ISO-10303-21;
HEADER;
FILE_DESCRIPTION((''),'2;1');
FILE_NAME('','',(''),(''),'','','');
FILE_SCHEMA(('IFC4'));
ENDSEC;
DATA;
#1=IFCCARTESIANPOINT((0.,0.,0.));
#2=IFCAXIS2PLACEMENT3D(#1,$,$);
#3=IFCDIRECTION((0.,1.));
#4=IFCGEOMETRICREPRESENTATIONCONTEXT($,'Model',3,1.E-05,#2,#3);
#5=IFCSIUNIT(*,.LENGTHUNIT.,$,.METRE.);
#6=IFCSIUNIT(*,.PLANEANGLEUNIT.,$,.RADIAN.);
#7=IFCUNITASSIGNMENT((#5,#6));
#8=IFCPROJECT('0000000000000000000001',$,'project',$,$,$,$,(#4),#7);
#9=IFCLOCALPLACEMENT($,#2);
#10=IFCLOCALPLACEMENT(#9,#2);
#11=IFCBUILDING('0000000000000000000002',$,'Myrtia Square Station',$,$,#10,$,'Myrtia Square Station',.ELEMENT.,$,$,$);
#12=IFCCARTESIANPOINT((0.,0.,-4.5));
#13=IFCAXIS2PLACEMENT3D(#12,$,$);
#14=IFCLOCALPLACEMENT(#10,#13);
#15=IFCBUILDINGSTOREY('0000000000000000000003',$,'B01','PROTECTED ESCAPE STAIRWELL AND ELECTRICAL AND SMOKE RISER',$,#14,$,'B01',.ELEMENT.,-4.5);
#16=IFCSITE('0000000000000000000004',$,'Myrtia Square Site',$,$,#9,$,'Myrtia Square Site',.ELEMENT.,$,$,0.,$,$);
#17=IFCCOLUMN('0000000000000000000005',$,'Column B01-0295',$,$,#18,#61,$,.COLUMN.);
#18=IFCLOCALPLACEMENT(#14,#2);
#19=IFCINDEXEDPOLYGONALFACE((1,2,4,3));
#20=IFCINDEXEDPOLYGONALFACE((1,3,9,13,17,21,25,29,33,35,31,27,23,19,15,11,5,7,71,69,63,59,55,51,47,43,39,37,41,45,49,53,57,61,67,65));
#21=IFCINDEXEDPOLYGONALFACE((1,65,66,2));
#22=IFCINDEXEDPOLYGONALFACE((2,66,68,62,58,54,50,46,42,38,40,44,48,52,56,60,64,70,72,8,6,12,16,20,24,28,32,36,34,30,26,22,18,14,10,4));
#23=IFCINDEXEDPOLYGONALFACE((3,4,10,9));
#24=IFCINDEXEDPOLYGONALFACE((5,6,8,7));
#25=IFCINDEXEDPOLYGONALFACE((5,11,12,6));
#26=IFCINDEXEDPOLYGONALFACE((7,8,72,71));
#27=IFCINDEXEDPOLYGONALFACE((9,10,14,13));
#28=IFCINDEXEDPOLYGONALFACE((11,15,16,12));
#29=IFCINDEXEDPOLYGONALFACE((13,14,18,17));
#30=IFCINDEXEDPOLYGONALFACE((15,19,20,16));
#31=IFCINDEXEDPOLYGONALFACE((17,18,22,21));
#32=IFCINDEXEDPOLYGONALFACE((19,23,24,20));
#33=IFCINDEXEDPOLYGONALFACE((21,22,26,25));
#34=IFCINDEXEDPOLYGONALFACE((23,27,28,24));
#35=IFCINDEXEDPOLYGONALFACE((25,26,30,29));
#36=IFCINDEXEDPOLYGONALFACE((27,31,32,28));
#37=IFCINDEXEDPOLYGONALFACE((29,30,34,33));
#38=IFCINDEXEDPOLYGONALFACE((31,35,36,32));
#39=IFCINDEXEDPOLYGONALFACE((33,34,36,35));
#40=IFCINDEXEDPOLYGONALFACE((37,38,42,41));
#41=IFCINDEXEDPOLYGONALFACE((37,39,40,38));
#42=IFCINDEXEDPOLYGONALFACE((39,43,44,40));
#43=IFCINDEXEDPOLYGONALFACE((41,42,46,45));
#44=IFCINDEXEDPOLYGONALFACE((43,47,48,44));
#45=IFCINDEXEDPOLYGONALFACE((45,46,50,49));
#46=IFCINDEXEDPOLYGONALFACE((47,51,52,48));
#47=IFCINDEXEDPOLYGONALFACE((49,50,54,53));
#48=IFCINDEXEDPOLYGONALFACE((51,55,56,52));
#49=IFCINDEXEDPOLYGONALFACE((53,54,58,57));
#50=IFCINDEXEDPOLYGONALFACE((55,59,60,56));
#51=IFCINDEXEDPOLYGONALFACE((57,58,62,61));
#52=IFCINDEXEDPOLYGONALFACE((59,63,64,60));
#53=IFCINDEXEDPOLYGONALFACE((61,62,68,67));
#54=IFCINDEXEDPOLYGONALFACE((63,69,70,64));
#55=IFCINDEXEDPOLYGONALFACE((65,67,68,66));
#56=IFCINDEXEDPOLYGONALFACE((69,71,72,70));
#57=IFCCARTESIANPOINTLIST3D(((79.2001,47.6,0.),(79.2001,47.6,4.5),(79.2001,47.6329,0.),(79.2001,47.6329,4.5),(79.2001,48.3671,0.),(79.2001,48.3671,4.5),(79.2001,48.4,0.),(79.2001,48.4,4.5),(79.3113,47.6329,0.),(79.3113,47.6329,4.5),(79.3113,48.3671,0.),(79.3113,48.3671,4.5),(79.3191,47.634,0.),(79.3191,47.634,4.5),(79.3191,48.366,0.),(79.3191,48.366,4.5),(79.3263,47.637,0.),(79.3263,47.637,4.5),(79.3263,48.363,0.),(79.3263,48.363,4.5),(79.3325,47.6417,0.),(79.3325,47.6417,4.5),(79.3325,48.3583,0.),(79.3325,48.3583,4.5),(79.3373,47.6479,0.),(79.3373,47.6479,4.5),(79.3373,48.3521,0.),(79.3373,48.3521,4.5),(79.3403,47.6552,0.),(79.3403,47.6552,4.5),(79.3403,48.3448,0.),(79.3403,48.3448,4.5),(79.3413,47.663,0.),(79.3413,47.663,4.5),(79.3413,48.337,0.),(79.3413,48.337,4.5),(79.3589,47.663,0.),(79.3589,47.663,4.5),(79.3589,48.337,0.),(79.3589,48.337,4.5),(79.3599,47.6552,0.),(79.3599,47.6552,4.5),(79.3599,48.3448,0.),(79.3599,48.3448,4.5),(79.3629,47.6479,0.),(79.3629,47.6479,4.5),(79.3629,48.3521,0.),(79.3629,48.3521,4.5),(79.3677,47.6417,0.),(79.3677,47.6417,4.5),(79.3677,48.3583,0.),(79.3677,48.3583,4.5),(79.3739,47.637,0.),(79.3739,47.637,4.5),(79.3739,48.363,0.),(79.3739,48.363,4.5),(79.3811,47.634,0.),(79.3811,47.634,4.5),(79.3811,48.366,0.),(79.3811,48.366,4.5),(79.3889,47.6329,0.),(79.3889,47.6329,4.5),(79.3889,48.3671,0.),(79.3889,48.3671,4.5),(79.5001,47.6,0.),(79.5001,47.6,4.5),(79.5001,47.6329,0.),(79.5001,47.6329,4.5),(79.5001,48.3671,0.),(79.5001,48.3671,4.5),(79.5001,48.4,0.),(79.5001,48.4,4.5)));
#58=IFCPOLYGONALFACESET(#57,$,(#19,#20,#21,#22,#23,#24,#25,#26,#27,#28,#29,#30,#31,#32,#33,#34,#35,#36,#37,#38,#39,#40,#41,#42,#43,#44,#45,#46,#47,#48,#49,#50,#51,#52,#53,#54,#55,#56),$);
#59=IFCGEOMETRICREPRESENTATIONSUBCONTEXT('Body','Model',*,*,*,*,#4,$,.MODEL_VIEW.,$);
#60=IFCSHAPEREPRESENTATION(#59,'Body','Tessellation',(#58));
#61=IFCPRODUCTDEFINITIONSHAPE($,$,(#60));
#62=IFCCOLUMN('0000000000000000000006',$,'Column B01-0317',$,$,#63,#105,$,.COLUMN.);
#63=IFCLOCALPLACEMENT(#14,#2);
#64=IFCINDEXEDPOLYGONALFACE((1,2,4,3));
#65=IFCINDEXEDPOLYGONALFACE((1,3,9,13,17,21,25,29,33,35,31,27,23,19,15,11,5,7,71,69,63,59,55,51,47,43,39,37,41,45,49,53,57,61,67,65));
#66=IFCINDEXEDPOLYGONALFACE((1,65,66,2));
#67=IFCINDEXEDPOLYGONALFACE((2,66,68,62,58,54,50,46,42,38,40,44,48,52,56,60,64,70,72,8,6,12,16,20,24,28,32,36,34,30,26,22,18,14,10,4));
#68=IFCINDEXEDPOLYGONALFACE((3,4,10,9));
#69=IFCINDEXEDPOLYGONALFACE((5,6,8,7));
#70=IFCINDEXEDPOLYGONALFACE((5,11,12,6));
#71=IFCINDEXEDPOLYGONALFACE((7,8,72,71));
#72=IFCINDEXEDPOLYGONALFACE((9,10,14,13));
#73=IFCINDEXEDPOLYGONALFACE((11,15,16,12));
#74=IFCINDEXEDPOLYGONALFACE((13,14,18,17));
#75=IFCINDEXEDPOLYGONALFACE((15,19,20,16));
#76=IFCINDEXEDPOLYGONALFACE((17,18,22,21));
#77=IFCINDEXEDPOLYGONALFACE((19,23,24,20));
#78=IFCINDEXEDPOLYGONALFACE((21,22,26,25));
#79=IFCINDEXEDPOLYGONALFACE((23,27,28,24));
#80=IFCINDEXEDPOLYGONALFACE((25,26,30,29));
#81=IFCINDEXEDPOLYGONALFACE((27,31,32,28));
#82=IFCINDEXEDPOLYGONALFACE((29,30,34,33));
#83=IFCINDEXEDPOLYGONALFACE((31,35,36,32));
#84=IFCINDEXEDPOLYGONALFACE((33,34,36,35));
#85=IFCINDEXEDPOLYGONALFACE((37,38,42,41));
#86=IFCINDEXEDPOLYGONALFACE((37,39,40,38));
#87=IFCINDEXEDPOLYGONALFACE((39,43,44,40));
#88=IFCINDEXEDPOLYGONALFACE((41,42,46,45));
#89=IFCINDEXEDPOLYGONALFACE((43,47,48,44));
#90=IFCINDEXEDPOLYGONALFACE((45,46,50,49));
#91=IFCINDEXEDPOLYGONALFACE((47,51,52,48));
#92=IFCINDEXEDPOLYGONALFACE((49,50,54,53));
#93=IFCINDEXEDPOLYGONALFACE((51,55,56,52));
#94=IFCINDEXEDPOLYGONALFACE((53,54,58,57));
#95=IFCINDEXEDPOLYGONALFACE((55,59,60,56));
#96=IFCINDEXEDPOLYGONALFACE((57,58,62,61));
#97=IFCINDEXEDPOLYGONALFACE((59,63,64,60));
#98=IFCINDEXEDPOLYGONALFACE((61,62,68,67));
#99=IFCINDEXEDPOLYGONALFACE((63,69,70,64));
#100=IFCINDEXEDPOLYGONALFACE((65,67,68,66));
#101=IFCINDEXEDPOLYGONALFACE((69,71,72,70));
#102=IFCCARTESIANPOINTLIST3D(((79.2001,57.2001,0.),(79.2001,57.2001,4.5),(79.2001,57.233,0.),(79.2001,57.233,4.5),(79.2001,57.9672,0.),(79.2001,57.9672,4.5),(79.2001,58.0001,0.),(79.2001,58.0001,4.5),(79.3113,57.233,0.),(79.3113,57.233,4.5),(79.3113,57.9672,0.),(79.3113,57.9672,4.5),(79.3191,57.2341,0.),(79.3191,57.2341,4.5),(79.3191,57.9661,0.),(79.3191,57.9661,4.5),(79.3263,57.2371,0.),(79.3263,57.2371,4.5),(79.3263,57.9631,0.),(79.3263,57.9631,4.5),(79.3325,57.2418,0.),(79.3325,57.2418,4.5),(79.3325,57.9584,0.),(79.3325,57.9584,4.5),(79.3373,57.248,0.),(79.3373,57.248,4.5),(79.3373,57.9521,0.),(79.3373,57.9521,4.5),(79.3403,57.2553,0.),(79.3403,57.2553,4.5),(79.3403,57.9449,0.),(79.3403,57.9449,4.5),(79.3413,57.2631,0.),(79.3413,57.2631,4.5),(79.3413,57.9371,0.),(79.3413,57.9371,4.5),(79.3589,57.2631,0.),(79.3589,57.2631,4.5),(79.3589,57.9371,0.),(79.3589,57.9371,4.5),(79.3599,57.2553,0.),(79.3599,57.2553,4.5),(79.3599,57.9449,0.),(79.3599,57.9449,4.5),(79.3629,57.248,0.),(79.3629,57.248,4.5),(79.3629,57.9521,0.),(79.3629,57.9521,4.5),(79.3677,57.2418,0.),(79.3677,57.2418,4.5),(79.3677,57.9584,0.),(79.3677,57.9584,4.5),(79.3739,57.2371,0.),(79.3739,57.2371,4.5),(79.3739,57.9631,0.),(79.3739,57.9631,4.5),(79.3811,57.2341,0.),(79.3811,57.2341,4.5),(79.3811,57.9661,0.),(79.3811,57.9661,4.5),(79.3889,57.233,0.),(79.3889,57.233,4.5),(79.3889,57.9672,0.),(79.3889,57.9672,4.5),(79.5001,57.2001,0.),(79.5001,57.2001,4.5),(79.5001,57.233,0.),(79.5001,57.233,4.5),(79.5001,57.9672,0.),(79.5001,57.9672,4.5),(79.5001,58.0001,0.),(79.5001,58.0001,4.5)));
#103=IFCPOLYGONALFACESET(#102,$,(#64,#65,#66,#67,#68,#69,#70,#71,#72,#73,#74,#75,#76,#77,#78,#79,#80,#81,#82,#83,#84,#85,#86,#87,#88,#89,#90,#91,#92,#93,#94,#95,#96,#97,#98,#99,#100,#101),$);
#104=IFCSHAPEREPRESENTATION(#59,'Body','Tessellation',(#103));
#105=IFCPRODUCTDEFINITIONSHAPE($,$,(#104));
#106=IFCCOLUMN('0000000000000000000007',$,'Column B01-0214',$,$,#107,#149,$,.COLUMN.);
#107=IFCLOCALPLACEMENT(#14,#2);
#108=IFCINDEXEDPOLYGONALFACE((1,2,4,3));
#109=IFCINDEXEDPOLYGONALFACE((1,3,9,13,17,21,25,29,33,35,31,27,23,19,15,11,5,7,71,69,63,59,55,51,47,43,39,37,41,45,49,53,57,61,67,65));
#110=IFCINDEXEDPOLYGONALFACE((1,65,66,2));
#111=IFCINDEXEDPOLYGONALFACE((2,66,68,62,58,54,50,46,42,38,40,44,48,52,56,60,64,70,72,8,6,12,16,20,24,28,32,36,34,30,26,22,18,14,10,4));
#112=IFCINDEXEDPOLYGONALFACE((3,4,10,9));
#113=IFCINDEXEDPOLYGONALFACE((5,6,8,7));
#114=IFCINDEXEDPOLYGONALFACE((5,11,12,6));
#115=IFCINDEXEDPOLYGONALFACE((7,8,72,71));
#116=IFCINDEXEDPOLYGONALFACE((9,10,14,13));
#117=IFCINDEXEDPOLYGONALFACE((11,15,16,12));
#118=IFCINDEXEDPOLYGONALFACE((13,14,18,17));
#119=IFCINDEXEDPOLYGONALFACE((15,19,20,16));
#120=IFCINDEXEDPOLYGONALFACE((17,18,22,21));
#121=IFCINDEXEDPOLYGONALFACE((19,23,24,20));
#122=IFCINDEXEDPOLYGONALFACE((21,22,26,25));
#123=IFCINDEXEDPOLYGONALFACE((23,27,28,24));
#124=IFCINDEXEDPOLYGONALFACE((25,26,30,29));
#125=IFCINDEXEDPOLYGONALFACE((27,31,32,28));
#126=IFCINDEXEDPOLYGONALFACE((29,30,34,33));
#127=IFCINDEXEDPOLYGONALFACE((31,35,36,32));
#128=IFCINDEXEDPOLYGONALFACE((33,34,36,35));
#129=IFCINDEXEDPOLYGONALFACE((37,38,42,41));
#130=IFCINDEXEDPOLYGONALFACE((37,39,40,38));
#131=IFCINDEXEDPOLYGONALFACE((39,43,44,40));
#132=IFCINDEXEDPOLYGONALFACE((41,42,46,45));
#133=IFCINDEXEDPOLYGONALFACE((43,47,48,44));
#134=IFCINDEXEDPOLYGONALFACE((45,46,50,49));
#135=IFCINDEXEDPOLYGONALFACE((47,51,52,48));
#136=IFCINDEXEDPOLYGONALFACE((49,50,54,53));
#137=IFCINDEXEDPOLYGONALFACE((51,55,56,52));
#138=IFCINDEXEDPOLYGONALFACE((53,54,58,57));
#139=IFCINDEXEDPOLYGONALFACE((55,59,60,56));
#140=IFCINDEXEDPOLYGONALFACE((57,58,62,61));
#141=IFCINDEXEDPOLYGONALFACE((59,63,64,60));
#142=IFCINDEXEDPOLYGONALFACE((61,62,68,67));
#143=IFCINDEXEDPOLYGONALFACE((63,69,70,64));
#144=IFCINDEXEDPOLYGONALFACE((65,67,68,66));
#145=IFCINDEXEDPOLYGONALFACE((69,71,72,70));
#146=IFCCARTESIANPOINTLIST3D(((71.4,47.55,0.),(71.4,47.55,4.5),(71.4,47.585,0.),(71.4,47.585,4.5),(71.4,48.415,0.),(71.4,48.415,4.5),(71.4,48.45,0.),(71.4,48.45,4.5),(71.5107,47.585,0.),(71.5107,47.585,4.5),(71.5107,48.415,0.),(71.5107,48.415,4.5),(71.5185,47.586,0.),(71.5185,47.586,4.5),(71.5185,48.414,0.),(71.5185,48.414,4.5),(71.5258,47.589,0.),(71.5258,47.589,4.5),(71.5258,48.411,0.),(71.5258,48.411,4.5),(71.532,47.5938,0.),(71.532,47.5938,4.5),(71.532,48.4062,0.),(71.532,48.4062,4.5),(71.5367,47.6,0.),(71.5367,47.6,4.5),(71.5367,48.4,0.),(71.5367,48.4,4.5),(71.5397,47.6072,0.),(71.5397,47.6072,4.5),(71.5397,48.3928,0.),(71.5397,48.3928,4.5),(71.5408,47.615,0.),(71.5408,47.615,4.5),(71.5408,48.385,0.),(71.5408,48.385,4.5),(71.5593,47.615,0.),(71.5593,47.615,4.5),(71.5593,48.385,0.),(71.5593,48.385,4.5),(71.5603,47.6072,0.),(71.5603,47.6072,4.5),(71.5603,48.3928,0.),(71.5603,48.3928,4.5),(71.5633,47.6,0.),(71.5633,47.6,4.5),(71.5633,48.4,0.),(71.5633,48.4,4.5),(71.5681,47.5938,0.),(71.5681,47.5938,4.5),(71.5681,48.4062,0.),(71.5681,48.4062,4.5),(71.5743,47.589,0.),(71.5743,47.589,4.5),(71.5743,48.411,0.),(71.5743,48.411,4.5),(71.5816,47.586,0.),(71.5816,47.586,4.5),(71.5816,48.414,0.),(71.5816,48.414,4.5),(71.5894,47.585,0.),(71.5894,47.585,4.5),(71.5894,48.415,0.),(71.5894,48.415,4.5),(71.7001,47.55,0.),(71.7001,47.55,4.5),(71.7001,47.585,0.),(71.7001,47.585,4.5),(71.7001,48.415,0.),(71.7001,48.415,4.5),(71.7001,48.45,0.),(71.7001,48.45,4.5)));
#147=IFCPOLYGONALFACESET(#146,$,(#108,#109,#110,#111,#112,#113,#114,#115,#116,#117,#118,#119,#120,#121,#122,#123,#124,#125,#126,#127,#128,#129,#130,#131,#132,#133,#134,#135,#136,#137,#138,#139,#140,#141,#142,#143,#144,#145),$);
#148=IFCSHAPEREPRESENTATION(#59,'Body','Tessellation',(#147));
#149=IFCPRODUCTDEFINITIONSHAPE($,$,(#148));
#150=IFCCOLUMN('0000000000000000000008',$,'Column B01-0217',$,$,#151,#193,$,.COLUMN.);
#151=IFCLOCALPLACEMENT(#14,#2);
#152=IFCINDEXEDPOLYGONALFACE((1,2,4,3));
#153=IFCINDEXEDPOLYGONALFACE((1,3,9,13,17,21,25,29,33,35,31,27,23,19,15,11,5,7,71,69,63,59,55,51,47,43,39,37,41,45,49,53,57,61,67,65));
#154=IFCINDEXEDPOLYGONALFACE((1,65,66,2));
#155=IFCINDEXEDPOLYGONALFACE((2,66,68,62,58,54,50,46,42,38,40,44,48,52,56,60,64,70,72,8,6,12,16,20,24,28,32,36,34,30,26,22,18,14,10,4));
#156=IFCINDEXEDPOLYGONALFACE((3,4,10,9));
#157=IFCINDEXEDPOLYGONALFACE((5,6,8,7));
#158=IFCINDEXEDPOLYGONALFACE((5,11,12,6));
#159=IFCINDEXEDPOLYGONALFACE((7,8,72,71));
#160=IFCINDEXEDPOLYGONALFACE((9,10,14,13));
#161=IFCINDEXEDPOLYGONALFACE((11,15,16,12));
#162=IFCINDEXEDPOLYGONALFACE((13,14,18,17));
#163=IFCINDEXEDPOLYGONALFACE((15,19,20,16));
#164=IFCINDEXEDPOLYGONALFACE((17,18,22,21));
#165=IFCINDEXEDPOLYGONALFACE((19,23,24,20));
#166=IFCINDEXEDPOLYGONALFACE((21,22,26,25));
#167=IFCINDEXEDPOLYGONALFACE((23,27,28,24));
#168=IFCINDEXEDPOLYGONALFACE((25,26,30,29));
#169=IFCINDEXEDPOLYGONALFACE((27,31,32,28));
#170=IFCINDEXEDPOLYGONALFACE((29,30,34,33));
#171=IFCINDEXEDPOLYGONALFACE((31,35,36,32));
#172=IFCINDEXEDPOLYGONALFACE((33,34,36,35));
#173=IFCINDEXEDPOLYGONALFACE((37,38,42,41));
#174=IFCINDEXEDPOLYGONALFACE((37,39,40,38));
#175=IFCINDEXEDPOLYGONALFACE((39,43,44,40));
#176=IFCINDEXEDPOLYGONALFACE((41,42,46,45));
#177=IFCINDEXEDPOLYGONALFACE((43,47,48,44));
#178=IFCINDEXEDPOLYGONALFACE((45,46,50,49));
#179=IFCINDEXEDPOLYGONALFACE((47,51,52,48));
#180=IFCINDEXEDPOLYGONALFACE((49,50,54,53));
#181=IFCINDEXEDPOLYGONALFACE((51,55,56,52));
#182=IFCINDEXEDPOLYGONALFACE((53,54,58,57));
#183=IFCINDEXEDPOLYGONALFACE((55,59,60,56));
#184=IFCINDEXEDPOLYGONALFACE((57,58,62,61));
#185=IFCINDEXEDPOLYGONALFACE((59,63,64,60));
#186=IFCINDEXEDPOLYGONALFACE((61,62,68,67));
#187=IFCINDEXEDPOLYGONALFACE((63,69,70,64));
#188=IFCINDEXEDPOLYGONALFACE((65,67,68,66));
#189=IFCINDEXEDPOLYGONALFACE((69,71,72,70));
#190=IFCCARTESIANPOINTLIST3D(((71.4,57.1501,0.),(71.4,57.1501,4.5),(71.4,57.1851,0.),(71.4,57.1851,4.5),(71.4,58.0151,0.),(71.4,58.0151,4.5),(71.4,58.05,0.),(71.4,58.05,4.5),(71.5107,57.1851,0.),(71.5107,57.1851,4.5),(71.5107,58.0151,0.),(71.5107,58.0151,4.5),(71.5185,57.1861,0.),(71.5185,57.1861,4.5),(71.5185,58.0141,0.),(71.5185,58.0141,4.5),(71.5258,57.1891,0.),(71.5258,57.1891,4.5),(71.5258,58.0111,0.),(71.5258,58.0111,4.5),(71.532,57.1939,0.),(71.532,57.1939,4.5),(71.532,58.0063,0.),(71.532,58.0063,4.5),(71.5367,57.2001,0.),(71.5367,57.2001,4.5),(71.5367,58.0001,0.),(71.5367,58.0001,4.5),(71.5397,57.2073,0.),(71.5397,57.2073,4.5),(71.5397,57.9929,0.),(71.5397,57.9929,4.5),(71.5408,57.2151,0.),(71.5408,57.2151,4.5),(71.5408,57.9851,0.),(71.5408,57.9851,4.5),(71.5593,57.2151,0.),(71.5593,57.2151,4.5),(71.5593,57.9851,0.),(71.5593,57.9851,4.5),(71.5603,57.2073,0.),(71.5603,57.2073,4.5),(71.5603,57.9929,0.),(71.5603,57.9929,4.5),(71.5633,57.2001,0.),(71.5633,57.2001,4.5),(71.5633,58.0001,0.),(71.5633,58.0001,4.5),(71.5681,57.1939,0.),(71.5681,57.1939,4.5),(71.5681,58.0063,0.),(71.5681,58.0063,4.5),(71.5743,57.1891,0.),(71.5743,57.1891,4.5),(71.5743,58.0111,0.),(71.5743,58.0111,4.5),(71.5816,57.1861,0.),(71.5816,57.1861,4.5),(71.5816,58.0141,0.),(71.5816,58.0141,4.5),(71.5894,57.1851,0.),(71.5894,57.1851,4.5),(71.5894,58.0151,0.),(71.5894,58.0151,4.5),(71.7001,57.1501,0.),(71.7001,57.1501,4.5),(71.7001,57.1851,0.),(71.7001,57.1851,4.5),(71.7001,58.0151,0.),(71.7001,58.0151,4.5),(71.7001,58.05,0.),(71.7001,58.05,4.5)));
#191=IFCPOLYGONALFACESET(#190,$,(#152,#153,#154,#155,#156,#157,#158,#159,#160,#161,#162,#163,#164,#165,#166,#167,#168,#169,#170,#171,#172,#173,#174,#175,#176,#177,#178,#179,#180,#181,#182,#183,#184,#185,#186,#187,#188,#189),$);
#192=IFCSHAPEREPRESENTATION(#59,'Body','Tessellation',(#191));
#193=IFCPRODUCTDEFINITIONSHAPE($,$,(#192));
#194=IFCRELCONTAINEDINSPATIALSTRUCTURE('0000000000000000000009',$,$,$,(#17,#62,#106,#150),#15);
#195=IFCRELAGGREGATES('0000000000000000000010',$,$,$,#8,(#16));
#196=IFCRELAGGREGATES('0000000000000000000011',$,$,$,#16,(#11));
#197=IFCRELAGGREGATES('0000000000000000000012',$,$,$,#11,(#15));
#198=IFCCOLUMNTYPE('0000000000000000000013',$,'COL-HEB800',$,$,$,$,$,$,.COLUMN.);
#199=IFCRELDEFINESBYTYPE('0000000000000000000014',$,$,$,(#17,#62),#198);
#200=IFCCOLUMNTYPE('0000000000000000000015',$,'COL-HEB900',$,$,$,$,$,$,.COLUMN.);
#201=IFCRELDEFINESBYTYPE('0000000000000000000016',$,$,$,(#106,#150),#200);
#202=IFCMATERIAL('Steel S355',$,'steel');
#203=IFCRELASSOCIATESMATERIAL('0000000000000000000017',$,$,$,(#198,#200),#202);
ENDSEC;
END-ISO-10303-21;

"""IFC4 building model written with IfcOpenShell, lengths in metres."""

from ifc_helpers import new_model, si_unit, direction, frame, origin, origin_2d, place, context, subcontext, project, spatial, i_section, extrude, material, material_profile, profile_set, type_object, element, save


model = new_model("IFC4")

# Units and contexts
model_context = context("Model", 3, precision=1e-05, world=origin(), true_north=direction((0.0, 1.0)))
body_context = subcontext(model_context, "Body", "Model", "MODEL_VIEW")
ifc_project = project(units=[si_unit("LENGTHUNIT", "METRE"), si_unit("PLANEANGLEUNIT", "RADIAN")], contexts=[model_context])

# Site, building, storey
site_placement = place(None, origin())
site = spatial("IfcSite", under=ifc_project, at=site_placement, Name="Myrtia Square Site", LongName="Myrtia Square Site", CompositionType="ELEMENT", RefElevation=0.0)
building_placement = place(site_placement, origin())
building = spatial("IfcBuilding", under=site, at=building_placement, Name="Myrtia Square Station", LongName="Myrtia Square Station", CompositionType="ELEMENT")
storey_placement = place(building_placement, frame((0.0, 0.0, -4.5)))
storey = spatial("IfcBuildingStorey", under=building, at=storey_placement, Name="B01", Description="PROTECTED ESCAPE STAIRWELL AND ELECTRICAL AND SMOKE RISER", LongName="B01", CompositionType="ELEMENT", Elevation=-4.5)

# Columns
ifc_material_1 = material(Name="Steel S355", Category="steel")
ifc_material_profile_1 = material_profile(ifc_material_1, i_section(OverallWidth=0.3, OverallDepth=0.8, WebThickness=0.0176, FlangeThickness=0.033, FilletRadius=0.03, at=origin_2d()), Name="HEB 800")
ifc_profile_set_1 = profile_set([ifc_material_profile_1], Name="Steel S355")
column_type_1 = type_object("IfcColumnType", Name="COL-HEB800", PredefinedType="COLUMN", material=ifc_profile_set_1)
for number, where, z_axis, x_axis, name in (
    (1, (79.3501, 48.0, 0.0), (0.0, 0.0, 1.0), (1.0, 0.0, 0.0), "Column B01-0295"),
    (2, (79.3501, 57.6001, 0.0), (0.0, 0.0, 1.0), (1.0, 0.0, 0.0), "Column B01-0317"),
):
    element("IfcColumn", number, at=place(storey_placement, frame(where, z_axis=z_axis, x_axis=x_axis)), inside=storey, type_object=column_type_1, Name=name, PredefinedType="COLUMN", context=body_context, shape_type="SweptSolid", body=[
        extrude(i_section(OverallWidth=0.3, OverallDepth=0.8, WebThickness=0.0176, FlangeThickness=0.033, FilletRadius=0.03, at=origin_2d()), origin(), (0.0, 0.0, 1.0), 4.5),
    ])
ifc_material_profile_2 = material_profile(ifc_material_1, i_section(OverallWidth=0.3, OverallDepth=0.8999, WebThickness=0.0186, FlangeThickness=0.0349, FilletRadius=0.03, at=origin_2d()), Name="HEB 900")
ifc_profile_set_2 = profile_set([ifc_material_profile_2], Name="Steel S355")
column_type_2 = type_object("IfcColumnType", Name="COL-HEB900", PredefinedType="COLUMN", material=ifc_profile_set_2)
for number, where, z_axis, x_axis, name in (
    (3, (71.55, 48.0, 0.0), (0.0, 0.0, 1.0), (1.0, 0.0, 0.0), "Column B01-0214"),
    (4, (71.55, 57.6001, 0.0), (0.0, 0.0, 1.0), (1.0, 0.0, 0.0), "Column B01-0217"),
):
    element("IfcColumn", number, at=place(storey_placement, frame(where, z_axis=z_axis, x_axis=x_axis)), inside=storey, type_object=column_type_2, Name=name, PredefinedType="COLUMN", context=body_context, shape_type="SweptSolid", body=[
        extrude(i_section(OverallWidth=0.3, OverallDepth=0.8999, WebThickness=0.0186, FlangeThickness=0.0349, FilletRadius=0.03, at=origin_2d()), origin(), (0.0, 0.0, 1.0), 4.5),
    ])

save(model, "model.ifc")
